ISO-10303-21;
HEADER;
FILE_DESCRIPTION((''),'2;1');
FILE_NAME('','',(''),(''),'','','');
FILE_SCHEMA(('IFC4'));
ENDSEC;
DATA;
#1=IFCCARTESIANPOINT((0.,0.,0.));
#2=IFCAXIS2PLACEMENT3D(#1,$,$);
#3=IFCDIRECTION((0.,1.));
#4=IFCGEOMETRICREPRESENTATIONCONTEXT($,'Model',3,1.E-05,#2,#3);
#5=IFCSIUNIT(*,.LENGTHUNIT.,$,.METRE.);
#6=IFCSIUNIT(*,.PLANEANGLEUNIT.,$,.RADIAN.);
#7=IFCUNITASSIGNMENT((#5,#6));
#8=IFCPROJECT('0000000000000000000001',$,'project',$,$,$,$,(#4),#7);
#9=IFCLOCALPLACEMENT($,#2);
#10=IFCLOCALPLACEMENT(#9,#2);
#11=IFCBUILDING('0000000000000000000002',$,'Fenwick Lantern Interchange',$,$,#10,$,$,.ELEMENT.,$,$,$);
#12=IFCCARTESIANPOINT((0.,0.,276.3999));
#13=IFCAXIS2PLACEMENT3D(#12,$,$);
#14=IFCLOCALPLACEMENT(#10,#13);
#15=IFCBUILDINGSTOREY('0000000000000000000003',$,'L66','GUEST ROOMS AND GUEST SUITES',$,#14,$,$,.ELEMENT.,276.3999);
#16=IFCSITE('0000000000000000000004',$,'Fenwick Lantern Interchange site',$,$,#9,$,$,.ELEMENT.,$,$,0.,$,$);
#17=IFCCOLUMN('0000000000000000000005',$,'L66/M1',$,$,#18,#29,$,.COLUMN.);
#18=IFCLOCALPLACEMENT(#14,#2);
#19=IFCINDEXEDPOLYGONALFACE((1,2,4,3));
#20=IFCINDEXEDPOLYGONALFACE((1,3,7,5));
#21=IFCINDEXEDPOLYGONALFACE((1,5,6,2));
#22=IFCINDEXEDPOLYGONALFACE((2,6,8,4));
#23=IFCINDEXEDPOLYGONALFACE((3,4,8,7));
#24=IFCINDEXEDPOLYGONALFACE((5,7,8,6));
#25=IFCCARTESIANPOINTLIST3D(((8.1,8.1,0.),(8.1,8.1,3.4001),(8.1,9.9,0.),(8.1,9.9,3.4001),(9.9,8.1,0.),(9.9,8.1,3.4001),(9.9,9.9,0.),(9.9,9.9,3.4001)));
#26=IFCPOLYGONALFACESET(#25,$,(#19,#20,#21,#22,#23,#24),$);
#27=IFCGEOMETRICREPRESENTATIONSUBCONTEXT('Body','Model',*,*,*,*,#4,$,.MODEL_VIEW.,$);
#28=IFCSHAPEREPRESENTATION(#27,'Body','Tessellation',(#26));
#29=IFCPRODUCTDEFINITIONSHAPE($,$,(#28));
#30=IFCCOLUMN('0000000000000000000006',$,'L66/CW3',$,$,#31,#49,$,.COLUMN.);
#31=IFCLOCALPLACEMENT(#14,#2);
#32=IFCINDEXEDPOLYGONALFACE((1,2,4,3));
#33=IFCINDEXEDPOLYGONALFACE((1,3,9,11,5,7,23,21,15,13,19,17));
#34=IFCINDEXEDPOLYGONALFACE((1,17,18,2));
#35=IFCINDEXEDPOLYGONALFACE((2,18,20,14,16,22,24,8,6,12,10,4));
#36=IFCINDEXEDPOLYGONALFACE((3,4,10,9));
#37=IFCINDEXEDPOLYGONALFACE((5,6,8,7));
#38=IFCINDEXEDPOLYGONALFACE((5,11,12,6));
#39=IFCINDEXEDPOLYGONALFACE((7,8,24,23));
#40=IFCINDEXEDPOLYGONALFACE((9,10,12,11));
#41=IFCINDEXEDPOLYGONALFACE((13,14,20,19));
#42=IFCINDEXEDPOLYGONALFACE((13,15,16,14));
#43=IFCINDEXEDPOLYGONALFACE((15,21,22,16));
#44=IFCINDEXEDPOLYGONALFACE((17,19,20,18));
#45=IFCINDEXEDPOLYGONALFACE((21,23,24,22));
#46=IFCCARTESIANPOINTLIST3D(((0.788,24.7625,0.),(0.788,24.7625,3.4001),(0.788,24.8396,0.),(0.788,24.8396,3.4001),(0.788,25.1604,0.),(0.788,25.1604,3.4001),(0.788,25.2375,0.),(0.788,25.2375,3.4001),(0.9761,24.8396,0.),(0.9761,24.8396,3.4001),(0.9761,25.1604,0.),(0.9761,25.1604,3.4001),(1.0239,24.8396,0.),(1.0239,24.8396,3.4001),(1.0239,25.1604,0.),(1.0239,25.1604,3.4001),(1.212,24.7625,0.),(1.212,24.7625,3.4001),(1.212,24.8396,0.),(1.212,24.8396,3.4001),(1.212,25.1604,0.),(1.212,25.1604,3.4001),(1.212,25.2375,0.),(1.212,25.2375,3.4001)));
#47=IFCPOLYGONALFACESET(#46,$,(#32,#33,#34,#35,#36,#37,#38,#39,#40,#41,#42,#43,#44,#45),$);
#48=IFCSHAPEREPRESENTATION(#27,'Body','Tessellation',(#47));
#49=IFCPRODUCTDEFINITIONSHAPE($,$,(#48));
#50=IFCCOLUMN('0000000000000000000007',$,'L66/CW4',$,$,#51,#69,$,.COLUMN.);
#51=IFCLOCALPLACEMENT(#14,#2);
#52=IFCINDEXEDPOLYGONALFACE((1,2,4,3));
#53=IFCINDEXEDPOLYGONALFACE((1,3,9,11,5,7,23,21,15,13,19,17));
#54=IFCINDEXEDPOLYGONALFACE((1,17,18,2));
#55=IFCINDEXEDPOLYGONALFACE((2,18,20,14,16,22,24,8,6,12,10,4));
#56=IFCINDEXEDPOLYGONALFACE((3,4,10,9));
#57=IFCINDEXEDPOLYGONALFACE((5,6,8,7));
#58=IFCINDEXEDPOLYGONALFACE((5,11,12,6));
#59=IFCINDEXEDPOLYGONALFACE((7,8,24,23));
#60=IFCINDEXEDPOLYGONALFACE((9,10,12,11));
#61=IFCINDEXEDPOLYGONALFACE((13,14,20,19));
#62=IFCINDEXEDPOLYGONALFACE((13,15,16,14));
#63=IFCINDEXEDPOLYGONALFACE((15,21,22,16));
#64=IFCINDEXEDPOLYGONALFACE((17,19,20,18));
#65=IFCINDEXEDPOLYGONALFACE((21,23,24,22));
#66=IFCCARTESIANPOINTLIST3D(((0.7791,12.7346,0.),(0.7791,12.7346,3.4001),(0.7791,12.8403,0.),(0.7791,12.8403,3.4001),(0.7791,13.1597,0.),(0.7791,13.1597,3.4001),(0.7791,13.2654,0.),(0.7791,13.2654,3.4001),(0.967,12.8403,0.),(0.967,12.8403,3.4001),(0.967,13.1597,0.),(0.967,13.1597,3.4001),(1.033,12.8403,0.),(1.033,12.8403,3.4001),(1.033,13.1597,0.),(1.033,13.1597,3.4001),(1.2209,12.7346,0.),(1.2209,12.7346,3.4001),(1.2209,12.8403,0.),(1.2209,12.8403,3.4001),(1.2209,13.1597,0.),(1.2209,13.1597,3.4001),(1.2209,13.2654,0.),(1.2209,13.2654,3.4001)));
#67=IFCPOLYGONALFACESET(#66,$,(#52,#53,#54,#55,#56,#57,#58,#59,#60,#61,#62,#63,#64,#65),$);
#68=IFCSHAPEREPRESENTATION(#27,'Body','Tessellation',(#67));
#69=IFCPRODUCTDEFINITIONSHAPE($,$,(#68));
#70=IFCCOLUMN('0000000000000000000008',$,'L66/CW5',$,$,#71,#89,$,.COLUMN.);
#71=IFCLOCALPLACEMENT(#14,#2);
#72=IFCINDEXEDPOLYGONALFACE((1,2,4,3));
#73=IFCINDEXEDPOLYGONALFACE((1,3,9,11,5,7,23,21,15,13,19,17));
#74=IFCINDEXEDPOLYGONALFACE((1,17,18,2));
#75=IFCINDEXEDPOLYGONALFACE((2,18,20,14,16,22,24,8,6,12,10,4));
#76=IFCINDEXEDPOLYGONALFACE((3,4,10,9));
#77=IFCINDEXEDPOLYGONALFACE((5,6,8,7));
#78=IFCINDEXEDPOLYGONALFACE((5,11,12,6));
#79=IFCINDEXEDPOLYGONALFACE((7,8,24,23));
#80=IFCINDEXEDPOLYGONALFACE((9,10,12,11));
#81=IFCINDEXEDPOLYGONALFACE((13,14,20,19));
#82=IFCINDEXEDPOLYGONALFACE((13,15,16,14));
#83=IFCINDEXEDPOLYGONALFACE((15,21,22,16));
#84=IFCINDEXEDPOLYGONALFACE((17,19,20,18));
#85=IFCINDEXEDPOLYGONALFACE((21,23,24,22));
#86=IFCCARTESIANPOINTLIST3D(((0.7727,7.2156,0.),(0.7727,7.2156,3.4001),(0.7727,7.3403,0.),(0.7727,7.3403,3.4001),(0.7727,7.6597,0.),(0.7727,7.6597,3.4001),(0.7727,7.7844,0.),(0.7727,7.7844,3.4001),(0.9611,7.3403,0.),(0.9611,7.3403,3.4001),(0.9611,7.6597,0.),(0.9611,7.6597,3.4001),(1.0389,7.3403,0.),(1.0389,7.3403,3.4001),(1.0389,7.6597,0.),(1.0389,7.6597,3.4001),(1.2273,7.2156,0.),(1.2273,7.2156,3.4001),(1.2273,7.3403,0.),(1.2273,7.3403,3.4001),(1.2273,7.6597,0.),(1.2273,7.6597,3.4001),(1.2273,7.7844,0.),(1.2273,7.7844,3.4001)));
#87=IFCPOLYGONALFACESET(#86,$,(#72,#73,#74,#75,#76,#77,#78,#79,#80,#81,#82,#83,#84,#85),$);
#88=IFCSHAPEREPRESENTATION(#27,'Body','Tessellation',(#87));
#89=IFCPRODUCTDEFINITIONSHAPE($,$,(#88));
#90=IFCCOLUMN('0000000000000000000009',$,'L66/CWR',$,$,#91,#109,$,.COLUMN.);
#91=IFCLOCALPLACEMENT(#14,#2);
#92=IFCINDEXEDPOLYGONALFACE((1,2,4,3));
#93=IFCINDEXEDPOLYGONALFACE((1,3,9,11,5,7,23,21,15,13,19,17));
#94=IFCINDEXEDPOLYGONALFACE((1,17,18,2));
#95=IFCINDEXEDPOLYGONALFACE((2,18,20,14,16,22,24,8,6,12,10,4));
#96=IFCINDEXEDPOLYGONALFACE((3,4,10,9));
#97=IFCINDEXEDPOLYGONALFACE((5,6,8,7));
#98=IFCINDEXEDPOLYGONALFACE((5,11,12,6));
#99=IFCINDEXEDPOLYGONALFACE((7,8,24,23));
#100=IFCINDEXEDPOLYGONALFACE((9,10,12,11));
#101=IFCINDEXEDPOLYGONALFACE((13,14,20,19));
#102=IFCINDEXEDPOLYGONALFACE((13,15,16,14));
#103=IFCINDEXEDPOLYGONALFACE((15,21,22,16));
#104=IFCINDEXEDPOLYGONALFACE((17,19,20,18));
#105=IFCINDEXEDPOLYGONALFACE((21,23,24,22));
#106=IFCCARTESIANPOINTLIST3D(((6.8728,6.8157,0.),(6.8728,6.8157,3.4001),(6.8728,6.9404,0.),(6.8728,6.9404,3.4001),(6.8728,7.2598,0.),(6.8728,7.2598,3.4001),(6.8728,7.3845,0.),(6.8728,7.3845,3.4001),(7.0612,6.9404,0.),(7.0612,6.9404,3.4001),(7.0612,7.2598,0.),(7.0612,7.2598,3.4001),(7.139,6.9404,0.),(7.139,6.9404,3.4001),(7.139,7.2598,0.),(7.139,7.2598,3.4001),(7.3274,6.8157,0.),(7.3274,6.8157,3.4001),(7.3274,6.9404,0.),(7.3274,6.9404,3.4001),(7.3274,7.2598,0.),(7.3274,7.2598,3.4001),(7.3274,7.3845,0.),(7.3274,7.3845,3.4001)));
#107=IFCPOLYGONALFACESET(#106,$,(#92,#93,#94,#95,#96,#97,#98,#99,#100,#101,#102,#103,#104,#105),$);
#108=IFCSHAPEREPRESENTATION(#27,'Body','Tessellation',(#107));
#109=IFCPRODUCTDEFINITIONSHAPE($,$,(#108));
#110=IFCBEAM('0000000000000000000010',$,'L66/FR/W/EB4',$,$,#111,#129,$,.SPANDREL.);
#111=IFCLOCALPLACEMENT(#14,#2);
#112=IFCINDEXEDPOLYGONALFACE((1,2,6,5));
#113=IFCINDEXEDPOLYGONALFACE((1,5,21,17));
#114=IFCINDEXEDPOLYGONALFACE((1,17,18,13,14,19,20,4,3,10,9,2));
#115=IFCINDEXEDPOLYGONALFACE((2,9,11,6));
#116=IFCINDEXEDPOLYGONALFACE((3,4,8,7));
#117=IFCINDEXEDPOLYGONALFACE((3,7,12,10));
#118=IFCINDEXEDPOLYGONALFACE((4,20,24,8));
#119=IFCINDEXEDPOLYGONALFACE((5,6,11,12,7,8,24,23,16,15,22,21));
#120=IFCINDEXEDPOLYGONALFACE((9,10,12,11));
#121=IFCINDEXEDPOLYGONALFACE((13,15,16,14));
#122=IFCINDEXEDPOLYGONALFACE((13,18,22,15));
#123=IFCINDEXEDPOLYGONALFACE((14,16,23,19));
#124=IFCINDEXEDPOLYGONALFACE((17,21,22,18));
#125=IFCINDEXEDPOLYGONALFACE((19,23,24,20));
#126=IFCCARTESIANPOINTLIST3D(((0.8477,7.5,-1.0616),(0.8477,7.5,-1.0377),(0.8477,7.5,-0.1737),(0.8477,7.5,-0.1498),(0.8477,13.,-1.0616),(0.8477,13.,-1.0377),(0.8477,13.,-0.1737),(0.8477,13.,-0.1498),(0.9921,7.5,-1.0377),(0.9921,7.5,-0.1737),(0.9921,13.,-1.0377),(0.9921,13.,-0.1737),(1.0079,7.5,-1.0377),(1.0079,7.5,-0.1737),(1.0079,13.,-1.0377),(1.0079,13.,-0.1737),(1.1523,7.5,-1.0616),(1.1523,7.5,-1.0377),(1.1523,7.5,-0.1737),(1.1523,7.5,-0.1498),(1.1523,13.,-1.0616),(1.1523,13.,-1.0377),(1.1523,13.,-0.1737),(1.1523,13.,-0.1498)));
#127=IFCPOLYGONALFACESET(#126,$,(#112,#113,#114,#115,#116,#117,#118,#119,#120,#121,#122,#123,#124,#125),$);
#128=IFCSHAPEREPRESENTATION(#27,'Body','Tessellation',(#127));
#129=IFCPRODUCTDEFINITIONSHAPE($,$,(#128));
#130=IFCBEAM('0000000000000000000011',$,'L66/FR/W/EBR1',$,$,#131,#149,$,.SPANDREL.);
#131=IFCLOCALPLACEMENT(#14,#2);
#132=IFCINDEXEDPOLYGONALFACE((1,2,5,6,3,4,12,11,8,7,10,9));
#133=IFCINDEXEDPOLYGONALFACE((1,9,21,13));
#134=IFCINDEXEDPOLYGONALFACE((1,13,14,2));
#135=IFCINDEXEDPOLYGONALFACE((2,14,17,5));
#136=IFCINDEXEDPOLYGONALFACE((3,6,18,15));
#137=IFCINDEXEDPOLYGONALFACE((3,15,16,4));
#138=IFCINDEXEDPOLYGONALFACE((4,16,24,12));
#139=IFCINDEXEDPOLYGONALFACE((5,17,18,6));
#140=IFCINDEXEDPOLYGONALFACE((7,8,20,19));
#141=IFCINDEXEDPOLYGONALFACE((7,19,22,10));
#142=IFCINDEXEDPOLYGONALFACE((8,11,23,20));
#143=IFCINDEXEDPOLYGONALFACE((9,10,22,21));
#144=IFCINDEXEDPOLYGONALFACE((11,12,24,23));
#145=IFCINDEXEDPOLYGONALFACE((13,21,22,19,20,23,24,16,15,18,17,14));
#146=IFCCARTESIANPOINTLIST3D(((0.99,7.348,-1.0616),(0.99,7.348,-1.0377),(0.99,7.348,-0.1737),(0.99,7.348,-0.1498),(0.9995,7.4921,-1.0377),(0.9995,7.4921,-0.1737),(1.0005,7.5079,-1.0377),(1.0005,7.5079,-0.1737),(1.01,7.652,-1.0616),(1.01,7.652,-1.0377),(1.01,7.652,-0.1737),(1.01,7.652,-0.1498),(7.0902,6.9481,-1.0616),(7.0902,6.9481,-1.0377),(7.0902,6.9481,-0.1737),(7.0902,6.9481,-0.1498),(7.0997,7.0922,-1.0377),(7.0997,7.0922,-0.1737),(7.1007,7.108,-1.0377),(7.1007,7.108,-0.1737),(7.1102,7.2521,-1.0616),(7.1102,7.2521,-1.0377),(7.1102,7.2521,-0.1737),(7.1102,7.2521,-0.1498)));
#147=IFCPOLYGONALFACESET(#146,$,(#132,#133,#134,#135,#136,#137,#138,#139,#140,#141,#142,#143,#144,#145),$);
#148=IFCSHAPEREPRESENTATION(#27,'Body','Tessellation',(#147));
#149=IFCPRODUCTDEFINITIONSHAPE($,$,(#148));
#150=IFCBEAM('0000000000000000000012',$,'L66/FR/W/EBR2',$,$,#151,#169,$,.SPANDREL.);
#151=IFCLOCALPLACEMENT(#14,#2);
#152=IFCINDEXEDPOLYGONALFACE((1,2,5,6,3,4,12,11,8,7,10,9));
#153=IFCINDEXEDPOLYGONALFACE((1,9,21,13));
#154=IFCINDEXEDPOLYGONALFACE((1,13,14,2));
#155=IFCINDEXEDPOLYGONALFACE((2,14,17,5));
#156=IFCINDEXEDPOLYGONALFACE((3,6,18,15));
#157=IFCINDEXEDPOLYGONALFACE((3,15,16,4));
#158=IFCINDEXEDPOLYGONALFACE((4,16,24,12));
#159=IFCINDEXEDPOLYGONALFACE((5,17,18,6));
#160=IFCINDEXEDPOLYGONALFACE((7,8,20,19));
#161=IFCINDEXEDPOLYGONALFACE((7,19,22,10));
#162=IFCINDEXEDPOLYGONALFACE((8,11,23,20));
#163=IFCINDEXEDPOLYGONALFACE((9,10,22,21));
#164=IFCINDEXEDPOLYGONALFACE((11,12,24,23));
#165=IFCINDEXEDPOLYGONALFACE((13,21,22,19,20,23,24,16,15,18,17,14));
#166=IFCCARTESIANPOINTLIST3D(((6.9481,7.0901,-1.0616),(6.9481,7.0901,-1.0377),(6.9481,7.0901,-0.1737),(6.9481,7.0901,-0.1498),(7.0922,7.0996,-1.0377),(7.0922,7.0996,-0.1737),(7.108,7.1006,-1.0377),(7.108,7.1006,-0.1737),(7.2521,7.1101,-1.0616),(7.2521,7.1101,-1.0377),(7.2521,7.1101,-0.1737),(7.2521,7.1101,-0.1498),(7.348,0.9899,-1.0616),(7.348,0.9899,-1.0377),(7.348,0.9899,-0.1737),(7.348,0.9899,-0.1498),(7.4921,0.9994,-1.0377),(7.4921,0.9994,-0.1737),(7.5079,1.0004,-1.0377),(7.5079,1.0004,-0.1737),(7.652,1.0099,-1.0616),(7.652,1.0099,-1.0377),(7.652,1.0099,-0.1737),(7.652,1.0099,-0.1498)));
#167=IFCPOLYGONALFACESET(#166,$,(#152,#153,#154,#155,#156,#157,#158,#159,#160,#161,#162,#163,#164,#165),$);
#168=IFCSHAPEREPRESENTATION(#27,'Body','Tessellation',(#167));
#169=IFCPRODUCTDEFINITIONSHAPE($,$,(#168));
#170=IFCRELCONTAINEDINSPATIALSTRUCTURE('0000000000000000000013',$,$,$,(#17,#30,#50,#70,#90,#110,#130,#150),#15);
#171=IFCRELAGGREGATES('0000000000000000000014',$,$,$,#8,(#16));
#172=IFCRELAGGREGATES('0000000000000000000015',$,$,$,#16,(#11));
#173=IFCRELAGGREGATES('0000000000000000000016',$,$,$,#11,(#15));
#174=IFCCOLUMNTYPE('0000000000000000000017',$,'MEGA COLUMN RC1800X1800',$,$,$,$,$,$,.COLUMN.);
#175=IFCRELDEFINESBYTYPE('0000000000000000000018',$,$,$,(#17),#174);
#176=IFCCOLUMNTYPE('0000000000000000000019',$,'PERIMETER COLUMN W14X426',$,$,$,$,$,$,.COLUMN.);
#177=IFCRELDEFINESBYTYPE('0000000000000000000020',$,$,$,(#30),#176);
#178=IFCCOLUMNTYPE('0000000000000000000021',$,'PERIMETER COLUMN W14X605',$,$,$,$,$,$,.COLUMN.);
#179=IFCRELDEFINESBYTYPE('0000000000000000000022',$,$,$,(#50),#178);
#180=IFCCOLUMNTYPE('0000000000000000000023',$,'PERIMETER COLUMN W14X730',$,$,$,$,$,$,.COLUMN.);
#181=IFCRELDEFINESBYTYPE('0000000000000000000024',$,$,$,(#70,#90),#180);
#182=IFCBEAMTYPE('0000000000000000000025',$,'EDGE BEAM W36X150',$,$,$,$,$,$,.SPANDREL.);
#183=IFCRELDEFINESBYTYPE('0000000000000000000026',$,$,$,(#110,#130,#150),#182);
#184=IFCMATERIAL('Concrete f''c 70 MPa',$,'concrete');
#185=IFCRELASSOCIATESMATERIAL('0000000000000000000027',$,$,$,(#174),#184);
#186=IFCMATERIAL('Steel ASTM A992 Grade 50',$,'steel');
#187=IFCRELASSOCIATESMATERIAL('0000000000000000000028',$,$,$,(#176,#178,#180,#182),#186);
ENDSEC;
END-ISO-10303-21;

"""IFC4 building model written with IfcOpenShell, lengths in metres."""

from ifc_helpers import new_model, si_unit, direction, frame, origin, origin_2d, place, context, subcontext, project, spatial, rectangle, i_section, extrude, material, material_profile, profile_set, type_object, element, save


model = new_model("IFC4")

# Units and contexts
model_context = context("Model", 3, precision=1e-05, world=origin(), true_north=direction((0.0, 1.0)))
body_context = subcontext(model_context, "Body", "Model", "MODEL_VIEW")
ifc_project = project(units=[si_unit("LENGTHUNIT", "METRE"), si_unit("PLANEANGLEUNIT", "RADIAN")], contexts=[model_context])

# Site, building, storey
site_placement = place(None, origin())
site = spatial("IfcSite", under=ifc_project, at=site_placement, Name="Fenwick Lantern Interchange site", CompositionType="ELEMENT", RefElevation=0.0)
building_placement = place(site_placement, origin())
building = spatial("IfcBuilding", under=site, at=building_placement, Name="Fenwick Lantern Interchange", CompositionType="ELEMENT")
storey_placement = place(building_placement, frame((0.0, 0.0, 276.3999)))
storey = spatial("IfcBuildingStorey", under=building, at=storey_placement, Name="L66", Description="GUEST ROOMS AND GUEST SUITES", CompositionType="ELEMENT", Elevation=276.3999)

# Columns
ifc_material_1 = material(Name="Concrete f'c 70 MPa", Category="concrete")
ifc_material_profile_1 = material_profile(ifc_material_1, rectangle(XDim=1.8, YDim=1.8, at=origin_2d()), Name="RC1800X1800")
ifc_profile_set_1 = profile_set([ifc_material_profile_1], Name="Concrete f'c 70 MPa")
column_type_1 = type_object("IfcColumnType", Name="MEGA COLUMN RC1800X1800", PredefinedType="COLUMN", material=ifc_profile_set_1)
column_1_placement = place(storey_placement, frame((9.0, 9.0, 0.0), z_axis=(0.0, 0.0, 1.0), x_axis=(1.0, 0.0, 0.0)))
element("IfcColumn", 1, at=column_1_placement, inside=storey, type_object=column_type_1, Name="L66/M1", PredefinedType="COLUMN", context=body_context, shape_type="SweptSolid", body=[
    extrude(rectangle(XDim=1.8, YDim=1.8, at=origin_2d()), origin(), (0.0, 0.0, 1.0), 3.4001),
])
ifc_material_2 = material(Name="Steel ASTM A992 Grade 50", Category="steel")
ifc_material_profile_2 = material_profile(ifc_material_2, i_section(OverallWidth=0.4241, OverallDepth=0.4751, WebThickness=0.0479, FlangeThickness=0.0771, at=origin_2d()), Name="W14X426")
ifc_profile_set_2 = profile_set([ifc_material_profile_2], Name="Steel ASTM A992 Grade 50")
column_type_2 = type_object("IfcColumnType", Name="PERIMETER COLUMN W14X426", PredefinedType="COLUMN", material=ifc_profile_set_2)
column_2_placement = place(storey_placement, frame((1.0, 25.0, 0.0), z_axis=(0.0, 0.0, 1.0), x_axis=(1.0, 0.0, 0.0)))
element("IfcColumn", 2, at=column_2_placement, inside=storey, type_object=column_type_2, Name="L66/CW3", PredefinedType="COLUMN", context=body_context, shape_type="SweptSolid", body=[
    extrude(i_section(OverallWidth=0.4241, OverallDepth=0.4751, WebThickness=0.0479, FlangeThickness=0.0771, at=origin_2d()), origin(), (0.0, 0.0, 1.0), 3.4001),
])
ifc_material_profile_3 = material_profile(ifc_material_2, i_section(OverallWidth=0.4419, OverallDepth=0.5308, WebThickness=0.0659, FlangeThickness=0.1057, at=origin_2d()), Name="W14X605")
ifc_profile_set_3 = profile_set([ifc_material_profile_3], Name="Steel ASTM A992 Grade 50")
column_type_3 = type_object("IfcColumnType", Name="PERIMETER COLUMN W14X605", PredefinedType="COLUMN", material=ifc_profile_set_3)
column_3_placement = place(storey_placement, frame((1.0, 13.0, 0.0), z_axis=(0.0, 0.0, 1.0), x_axis=(1.0, 0.0, 0.0)))
element("IfcColumn", 3, at=column_3_placement, inside=storey, type_object=column_type_3, Name="L66/CW4", PredefinedType="COLUMN", context=body_context, shape_type="SweptSolid", body=[
    extrude(i_section(OverallWidth=0.4419, OverallDepth=0.5308, WebThickness=0.0659, FlangeThickness=0.1057, at=origin_2d()), origin(), (0.0, 0.0, 1.0), 3.4001),
])
ifc_material_profile_4 = material_profile(ifc_material_2, i_section(OverallWidth=0.4546, OverallDepth=0.5688, WebThickness=0.0779, FlangeThickness=0.1248, at=origin_2d()), Name="W14X730")
ifc_profile_set_4 = profile_set([ifc_material_profile_4], Name="Steel ASTM A992 Grade 50")
column_type_4 = type_object("IfcColumnType", Name="PERIMETER COLUMN W14X730", PredefinedType="COLUMN", material=ifc_profile_set_4)
for number, where, z_axis, x_axis, name in (
    (4, (1.0, 7.5, 0.0), (0.0, 0.0, 1.0), (1.0, 0.0, 0.0), "L66/CW5"),
    (5, (7.1001, 7.1001, 0.0), (0.0, 0.0, 1.0), (1.0, 0.0, 0.0), "L66/CWR"),
):
    element("IfcColumn", number, at=place(storey_placement, frame(where, z_axis=z_axis, x_axis=x_axis)), inside=storey, type_object=column_type_4, Name=name, PredefinedType="COLUMN", context=body_context, shape_type="SweptSolid", body=[
        extrude(i_section(OverallWidth=0.4546, OverallDepth=0.5688, WebThickness=0.0779, FlangeThickness=0.1248, at=origin_2d()), origin(), (0.0, 0.0, 1.0), 3.4001),
    ])

# Beams
ifc_material_profile_5 = material_profile(ifc_material_2, i_section(OverallWidth=0.3047, OverallDepth=0.9119, WebThickness=0.0159, FlangeThickness=0.0239, at=origin_2d()), Name="W36X150")
ifc_profile_set_5 = profile_set([ifc_material_profile_5], Name="Steel ASTM A992 Grade 50")
beam_type_1 = type_object("IfcBeamType", Name="EDGE BEAM W36X150", PredefinedType="SPANDREL", material=ifc_profile_set_5)
beam_1_placement = place(storey_placement, frame((1.0, 13.0, -0.6057), z_axis=(0.0, -1.0, 0.0), x_axis=(1.0, 0.0, 0.0)))
element("IfcBeam", 6, at=beam_1_placement, inside=storey, type_object=beam_type_1, Name="L66/FR/W/EB4", PredefinedType="SPANDREL", context=body_context, shape_type="SweptSolid", body=[
    extrude(i_section(OverallWidth=0.3047, OverallDepth=0.9119, WebThickness=0.0159, FlangeThickness=0.0239, at=origin_2d()), origin(), (0.0, 0.0, 1.0), 5.5),
])
for number, where, z_axis, x_axis, name in (
    (7, (1.0, 7.5, -0.6057), (0.997858, -0.065416, 0.0), (0.065416, 0.997858, 0.0), "L66/FR/W/EBR1"),
    (8, (7.1001, 7.1001, -0.6057), (0.065416, -0.997858, 0.0), (0.997858, 0.065416, 0.0), "L66/FR/W/EBR2"),
):
    element("IfcBeam", number, at=place(storey_placement, frame(where, z_axis=z_axis, x_axis=x_axis)), inside=storey, type_object=beam_type_1, Name=name, PredefinedType="SPANDREL", context=body_context, shape_type="SweptSolid", body=[
        extrude(i_section(OverallWidth=0.3047, OverallDepth=0.9119, WebThickness=0.0159, FlangeThickness=0.0239, at=origin_2d()), origin(), (0.0, 0.0, 1.0), 6.1133),
    ])

save(model, "model.ifc")
